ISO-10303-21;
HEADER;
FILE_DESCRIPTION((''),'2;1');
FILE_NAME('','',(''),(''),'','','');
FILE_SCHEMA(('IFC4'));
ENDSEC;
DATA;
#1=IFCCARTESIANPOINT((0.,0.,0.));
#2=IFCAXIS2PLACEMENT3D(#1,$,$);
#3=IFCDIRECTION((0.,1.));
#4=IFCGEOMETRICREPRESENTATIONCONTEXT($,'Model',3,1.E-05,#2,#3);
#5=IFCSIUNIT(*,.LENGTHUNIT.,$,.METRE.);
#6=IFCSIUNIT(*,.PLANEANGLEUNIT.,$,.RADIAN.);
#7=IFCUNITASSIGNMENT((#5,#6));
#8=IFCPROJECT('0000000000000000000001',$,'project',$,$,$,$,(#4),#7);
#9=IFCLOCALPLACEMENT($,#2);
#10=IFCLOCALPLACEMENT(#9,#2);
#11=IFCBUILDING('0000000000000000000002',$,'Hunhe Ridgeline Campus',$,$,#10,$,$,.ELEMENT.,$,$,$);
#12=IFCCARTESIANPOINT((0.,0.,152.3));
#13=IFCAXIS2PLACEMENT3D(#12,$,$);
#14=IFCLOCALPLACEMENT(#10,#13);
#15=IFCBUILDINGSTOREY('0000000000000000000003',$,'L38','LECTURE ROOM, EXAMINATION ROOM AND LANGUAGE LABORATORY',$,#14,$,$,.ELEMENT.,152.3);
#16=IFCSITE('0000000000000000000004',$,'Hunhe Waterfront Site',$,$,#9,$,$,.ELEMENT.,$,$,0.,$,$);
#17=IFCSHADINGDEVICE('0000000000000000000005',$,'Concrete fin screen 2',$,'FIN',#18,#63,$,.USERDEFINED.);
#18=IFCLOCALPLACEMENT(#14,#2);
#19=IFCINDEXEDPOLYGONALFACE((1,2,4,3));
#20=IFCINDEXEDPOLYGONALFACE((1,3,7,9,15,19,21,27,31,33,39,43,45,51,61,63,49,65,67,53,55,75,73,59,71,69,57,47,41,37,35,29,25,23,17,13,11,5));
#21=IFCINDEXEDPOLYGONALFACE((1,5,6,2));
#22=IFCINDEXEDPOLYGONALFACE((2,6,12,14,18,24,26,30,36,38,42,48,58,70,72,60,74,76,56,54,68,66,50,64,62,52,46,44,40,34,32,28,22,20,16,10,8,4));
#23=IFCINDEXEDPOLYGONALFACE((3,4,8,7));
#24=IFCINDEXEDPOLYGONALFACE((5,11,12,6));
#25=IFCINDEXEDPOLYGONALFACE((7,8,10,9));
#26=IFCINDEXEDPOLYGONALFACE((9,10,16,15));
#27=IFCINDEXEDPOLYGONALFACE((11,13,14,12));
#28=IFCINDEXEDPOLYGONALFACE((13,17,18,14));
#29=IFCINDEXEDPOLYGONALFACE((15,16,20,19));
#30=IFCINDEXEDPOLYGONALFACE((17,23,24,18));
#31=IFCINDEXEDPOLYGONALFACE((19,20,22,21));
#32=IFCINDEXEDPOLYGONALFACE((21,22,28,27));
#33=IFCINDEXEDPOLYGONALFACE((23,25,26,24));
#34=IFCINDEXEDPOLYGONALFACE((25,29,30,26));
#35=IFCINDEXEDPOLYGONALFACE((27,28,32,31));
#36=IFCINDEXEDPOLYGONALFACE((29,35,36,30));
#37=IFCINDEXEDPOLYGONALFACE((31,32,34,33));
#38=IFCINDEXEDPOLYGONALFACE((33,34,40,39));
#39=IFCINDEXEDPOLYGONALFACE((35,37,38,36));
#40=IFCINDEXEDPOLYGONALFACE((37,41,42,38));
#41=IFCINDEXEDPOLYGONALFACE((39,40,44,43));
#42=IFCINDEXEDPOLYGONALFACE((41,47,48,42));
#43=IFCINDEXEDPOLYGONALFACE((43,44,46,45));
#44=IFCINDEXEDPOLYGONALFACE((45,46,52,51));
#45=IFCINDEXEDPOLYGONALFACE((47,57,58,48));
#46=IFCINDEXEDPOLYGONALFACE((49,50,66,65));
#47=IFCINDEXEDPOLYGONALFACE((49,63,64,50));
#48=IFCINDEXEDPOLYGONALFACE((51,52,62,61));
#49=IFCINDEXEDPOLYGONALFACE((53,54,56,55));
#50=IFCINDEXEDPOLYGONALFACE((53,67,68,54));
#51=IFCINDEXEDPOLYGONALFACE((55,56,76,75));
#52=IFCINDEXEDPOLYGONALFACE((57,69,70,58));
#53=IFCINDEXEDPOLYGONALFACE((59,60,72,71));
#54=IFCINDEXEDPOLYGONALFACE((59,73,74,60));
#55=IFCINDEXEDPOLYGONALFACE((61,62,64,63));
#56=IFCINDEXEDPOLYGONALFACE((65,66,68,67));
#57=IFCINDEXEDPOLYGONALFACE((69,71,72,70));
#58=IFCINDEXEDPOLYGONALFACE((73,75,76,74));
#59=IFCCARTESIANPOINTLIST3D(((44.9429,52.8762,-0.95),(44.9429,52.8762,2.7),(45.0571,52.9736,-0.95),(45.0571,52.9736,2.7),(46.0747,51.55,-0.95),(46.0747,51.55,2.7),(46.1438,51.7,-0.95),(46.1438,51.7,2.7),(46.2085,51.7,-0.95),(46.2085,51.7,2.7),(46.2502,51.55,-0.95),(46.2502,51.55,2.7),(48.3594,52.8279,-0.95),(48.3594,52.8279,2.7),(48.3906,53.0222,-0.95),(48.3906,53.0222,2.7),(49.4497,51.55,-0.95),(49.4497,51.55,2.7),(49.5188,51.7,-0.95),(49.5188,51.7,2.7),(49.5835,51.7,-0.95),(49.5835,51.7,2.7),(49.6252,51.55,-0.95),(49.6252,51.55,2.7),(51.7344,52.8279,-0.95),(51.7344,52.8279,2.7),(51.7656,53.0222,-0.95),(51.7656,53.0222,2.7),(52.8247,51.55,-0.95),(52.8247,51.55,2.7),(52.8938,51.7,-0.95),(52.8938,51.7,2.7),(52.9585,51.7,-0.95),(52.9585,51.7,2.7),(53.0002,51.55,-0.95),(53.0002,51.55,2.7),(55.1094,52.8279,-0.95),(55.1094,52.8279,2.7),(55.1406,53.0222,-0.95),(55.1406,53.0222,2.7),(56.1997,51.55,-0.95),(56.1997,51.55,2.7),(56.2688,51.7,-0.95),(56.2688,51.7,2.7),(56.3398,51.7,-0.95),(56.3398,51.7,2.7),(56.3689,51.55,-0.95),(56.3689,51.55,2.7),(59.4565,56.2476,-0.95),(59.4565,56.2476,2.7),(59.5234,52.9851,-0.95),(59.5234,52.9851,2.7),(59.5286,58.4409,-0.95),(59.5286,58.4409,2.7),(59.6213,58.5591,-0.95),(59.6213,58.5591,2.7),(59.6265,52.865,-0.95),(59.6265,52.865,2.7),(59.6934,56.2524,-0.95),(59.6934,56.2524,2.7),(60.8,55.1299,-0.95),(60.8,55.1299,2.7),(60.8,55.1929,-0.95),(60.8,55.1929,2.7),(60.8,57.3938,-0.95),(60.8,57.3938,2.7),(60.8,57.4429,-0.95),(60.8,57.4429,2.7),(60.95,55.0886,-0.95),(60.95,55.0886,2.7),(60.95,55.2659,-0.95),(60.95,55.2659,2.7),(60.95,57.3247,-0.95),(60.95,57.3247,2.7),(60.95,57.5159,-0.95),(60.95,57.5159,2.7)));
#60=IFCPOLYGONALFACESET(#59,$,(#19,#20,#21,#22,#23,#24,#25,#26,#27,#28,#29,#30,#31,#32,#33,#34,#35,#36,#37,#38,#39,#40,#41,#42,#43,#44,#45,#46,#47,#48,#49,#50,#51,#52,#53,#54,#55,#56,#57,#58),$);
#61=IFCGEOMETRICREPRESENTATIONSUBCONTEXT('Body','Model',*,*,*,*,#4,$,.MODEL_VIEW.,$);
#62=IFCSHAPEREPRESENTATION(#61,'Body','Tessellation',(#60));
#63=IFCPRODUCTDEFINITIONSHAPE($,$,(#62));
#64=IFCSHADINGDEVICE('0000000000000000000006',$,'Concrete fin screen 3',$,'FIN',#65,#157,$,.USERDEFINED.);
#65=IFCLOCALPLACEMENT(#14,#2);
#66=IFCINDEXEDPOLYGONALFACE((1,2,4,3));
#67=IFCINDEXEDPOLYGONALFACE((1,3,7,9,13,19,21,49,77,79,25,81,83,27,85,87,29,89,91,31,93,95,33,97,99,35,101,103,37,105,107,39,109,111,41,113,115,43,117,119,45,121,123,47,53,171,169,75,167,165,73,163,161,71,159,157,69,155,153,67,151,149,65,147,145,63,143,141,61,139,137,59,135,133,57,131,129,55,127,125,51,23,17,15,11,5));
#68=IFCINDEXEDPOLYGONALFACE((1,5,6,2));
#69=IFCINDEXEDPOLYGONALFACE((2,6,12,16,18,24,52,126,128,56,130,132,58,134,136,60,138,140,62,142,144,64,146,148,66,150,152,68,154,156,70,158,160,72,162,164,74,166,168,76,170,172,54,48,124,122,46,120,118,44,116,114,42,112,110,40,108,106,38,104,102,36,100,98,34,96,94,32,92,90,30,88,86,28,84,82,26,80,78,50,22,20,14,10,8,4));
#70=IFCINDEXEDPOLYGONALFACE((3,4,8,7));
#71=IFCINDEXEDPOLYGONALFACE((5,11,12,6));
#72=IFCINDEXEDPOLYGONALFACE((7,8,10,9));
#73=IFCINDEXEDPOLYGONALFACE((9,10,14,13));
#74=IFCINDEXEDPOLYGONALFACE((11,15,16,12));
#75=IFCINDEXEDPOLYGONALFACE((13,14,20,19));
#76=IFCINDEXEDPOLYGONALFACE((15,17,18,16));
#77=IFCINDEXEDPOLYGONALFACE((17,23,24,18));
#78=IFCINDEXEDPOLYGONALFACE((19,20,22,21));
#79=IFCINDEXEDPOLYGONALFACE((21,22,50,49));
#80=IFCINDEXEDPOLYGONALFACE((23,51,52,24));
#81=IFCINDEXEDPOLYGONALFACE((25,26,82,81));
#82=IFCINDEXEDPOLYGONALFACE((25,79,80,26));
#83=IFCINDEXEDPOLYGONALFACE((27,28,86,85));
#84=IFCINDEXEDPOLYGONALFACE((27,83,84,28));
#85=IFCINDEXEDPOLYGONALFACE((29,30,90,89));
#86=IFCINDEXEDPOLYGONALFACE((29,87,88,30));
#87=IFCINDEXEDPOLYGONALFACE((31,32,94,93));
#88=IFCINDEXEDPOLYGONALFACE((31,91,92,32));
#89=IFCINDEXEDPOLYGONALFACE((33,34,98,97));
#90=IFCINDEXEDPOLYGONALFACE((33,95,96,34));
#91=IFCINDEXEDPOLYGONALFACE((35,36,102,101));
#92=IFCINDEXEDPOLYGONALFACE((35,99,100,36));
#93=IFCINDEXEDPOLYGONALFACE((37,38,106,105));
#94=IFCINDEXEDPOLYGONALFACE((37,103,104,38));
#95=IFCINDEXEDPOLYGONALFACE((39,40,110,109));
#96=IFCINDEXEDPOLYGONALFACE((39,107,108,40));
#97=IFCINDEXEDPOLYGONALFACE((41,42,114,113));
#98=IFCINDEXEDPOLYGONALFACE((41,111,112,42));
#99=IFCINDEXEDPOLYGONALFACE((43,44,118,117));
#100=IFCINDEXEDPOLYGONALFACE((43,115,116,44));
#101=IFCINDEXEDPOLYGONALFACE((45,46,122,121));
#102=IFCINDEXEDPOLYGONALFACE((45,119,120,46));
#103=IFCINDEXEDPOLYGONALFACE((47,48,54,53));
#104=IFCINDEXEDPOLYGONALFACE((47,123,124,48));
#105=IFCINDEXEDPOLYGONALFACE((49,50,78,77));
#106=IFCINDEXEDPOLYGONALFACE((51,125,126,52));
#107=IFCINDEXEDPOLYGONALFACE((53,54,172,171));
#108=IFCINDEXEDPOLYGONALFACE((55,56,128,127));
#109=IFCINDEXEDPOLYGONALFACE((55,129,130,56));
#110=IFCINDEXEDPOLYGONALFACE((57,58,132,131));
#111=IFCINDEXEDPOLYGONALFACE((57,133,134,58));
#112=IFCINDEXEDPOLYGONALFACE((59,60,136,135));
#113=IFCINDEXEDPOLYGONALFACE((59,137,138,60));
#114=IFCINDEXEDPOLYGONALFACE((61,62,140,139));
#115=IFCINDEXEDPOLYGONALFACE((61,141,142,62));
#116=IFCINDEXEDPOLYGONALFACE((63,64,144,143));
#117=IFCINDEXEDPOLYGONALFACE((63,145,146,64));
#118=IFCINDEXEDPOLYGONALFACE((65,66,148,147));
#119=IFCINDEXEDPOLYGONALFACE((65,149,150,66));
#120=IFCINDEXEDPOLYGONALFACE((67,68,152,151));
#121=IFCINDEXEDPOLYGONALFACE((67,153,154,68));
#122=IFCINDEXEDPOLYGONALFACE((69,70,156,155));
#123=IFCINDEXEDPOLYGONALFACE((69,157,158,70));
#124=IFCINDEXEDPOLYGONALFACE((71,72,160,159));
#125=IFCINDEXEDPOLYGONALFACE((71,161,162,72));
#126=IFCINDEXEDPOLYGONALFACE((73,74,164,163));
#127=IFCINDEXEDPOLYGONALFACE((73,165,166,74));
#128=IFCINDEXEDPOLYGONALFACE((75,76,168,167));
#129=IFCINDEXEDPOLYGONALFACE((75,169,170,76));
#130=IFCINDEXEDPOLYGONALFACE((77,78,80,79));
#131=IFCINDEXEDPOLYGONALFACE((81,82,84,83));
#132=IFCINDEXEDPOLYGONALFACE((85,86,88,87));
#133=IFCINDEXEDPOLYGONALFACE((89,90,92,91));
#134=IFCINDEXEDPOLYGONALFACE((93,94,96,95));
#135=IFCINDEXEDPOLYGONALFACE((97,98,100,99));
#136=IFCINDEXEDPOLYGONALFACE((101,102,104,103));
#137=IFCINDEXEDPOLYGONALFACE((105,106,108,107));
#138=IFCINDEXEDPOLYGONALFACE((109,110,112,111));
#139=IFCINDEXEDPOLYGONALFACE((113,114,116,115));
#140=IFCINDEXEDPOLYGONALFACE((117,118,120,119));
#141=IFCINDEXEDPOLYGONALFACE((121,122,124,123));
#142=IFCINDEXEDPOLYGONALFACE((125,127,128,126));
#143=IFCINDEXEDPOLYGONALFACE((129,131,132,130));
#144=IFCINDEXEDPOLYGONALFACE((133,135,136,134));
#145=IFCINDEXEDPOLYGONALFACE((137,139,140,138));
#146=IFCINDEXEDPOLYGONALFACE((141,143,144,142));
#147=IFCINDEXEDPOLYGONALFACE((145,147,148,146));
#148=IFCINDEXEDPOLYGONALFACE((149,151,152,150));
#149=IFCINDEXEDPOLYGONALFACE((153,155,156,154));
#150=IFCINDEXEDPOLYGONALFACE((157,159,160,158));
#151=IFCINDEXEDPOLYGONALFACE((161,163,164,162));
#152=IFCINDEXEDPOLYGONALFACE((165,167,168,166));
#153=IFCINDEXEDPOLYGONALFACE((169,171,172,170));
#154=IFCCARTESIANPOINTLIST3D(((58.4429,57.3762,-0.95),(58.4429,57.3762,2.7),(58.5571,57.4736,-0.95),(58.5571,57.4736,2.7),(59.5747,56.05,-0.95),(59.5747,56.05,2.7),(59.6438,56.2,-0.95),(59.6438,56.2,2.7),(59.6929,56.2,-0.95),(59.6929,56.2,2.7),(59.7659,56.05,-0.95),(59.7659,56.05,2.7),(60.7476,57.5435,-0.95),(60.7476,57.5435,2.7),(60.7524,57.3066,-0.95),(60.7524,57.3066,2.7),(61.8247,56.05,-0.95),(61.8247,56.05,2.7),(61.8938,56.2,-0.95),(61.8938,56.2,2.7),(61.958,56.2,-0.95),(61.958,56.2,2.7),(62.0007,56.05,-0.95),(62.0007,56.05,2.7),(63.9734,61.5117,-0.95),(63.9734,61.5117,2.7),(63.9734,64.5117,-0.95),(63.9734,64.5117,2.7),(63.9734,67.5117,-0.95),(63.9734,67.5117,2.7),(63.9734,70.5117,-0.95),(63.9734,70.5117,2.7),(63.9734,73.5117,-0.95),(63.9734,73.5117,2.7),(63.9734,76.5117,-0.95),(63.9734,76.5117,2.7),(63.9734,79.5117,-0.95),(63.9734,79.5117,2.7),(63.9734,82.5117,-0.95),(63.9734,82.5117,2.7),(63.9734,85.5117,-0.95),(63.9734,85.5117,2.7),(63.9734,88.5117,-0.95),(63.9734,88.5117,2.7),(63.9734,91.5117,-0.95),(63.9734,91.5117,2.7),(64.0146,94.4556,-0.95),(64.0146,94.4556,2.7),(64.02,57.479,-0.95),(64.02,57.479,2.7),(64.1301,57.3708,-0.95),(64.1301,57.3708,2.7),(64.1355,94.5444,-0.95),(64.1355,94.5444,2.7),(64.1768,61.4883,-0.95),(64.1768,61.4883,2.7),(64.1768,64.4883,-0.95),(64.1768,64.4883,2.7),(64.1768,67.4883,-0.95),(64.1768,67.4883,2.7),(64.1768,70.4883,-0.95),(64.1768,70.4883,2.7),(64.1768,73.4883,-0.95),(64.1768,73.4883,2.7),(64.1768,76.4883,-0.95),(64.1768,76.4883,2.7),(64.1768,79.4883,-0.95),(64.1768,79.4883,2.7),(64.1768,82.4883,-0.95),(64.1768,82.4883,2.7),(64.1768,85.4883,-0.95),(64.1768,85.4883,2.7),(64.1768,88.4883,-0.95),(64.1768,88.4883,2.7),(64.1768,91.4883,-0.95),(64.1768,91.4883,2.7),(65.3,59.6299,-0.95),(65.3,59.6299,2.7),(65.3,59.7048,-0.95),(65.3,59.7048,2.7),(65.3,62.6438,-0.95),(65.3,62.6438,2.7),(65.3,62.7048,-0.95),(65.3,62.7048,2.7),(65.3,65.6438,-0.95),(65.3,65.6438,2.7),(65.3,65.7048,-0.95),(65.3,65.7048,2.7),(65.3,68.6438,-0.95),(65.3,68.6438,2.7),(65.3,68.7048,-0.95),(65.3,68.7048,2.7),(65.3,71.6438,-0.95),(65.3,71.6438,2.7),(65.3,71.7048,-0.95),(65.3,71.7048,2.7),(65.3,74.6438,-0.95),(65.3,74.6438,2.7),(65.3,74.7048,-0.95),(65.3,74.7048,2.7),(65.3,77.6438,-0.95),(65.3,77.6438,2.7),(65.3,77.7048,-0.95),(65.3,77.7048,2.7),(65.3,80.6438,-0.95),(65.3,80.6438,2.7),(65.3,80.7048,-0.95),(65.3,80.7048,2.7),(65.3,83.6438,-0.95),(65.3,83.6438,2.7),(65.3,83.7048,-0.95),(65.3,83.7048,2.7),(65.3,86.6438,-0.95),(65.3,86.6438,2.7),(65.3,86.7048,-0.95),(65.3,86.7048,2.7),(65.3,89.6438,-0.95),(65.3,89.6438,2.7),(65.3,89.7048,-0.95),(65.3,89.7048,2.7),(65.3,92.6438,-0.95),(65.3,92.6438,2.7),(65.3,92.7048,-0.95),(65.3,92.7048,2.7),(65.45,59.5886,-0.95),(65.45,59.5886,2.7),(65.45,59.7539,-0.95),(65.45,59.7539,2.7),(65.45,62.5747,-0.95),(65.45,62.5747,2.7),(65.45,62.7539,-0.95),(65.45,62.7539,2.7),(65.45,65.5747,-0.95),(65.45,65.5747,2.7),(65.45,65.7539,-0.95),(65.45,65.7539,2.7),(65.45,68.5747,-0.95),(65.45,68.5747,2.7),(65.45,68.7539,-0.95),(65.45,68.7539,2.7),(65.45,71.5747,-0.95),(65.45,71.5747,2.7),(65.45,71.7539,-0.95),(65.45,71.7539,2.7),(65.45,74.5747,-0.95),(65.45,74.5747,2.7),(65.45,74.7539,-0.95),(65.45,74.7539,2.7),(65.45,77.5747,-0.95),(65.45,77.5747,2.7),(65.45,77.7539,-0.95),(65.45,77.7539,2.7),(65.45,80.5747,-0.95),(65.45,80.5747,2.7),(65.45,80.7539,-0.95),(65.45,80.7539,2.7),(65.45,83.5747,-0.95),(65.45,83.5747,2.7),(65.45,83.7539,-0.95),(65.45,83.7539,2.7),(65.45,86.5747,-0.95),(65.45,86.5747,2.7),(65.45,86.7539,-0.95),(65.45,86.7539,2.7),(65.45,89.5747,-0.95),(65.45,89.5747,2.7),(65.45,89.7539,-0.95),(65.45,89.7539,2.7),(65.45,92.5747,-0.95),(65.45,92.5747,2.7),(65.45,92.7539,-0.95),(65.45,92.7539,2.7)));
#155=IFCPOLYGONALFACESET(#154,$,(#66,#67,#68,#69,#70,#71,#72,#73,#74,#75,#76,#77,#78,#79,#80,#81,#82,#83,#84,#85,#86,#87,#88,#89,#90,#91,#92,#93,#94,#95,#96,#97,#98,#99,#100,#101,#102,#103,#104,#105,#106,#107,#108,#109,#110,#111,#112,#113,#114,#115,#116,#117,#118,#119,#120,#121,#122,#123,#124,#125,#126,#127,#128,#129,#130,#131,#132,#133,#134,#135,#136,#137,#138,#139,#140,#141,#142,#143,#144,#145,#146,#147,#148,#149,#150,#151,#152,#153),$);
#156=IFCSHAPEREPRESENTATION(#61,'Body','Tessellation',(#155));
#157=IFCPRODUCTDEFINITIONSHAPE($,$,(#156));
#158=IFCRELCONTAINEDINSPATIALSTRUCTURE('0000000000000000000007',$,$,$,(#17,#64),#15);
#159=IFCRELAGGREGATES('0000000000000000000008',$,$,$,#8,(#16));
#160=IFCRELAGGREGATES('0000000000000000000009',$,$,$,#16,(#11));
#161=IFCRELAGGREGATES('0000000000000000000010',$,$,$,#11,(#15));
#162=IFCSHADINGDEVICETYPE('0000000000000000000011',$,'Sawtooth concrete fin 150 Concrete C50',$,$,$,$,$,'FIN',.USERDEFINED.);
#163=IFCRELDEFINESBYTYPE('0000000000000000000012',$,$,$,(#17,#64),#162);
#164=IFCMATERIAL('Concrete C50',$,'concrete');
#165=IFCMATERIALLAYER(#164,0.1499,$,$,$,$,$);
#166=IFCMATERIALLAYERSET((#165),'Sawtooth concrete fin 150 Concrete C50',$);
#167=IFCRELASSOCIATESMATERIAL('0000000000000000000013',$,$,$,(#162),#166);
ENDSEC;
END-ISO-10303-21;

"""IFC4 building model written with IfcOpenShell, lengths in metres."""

from ifc_helpers import new_model, si_unit, direction, frame, origin, place, context, subcontext, project, spatial, polyline, outline, extrude, material, layer, layer_set, type_object, element, save


model = new_model("IFC4")

# Units and contexts
model_context = context("Model", 3, precision=1e-05, world=origin(), true_north=direction((0.0, 1.0)))
body_context = subcontext(model_context, "Body", "Model", "MODEL_VIEW")
ifc_project = project(units=[si_unit("LENGTHUNIT", "METRE"), si_unit("PLANEANGLEUNIT", "RADIAN")], contexts=[model_context])

# Site, building, storey
site_placement = place(None, origin())
site = spatial("IfcSite", under=ifc_project, at=site_placement, Name="Hunhe Waterfront Site", CompositionType="ELEMENT", RefElevation=0.0)
building_placement = place(site_placement, origin())
building = spatial("IfcBuilding", under=site, at=building_placement, Name="Hunhe Ridgeline Campus", CompositionType="ELEMENT")
storey_placement = place(building_placement, frame((0.0, 0.0, 152.3)))
storey = spatial("IfcBuildingStorey", under=building, at=storey_placement, Name="L38", Description="LECTURE ROOM, EXAMINATION ROOM AND LANGUAGE LABORATORY", CompositionType="ELEMENT", Elevation=152.3)

# Shading devices
ifc_material_1 = material(Name="Concrete C50", Category="concrete")
ifc_layer_1 = layer(ifc_material_1, 0.1499)
ifc_layer_set_1 = layer_set([ifc_layer_1], Name="Sawtooth concrete fin 150 Concrete C50")
shading_device_type = type_object("IfcShadingDeviceType", Name="Sawtooth concrete fin 150 Concrete C50", ElementType="FIN", PredefinedType="USERDEFINED", material=ifc_layer_set_1)
shading_device_1_placement = place(storey_placement, frame((0.0, 0.0, -0.95)))
element("IfcShadingDevice", 1, at=shading_device_1_placement, inside=storey, type_object=shading_device_type, Name="Concrete fin screen 2", ObjectType="FIN", PredefinedType="USERDEFINED", context=body_context, shape_type="SweptSolid", body=[
    extrude(outline(polyline([(45.0571, 52.9736), (44.9429, 52.8762), (46.0747, 51.55), (46.2502, 51.55), (48.3594, 52.8279), (49.4497, 51.55), (49.6252, 51.55), (51.7344, 52.8279), (52.8247, 51.55), (53.0002, 51.55), (55.1094, 52.8279), (56.1997, 51.55), (56.3689, 51.55), (59.6265, 52.865), (60.95, 55.0886), (60.95, 55.2659), (59.6934, 56.2524), (60.95, 57.3247), (60.95, 57.5159), (59.6213, 58.5591), (59.5286, 58.4409), (60.8, 57.4429), (60.8, 57.3938), (59.4565, 56.2476), (60.8, 55.1929), (60.8, 55.1299), (59.5234, 52.9851), (56.3398, 51.7), (56.2688, 51.7), (55.1406, 53.0222), (52.9585, 51.7), (52.8938, 51.7), (51.7656, 53.0222), (49.5835, 51.7), (49.5188, 51.7), (48.3906, 53.0222), (46.2085, 51.7), (46.1438, 51.7), (45.0571, 52.9736)])), origin(), (0.0, 0.0, 1.0), 3.6499),
])
shading_device_2_placement = place(storey_placement, frame((0.0, 0.0, -0.95)))
element("IfcShadingDevice", 2, at=shading_device_2_placement, inside=storey, type_object=shading_device_type, Name="Concrete fin screen 3", ObjectType="FIN", PredefinedType="USERDEFINED", context=body_context, shape_type="SweptSolid", body=[
    extrude(outline(polyline([(58.5571, 57.4736), (58.4429, 57.3762), (59.5747, 56.05), (59.7659, 56.05), (60.7524, 57.3066), (61.8247, 56.05), (62.0007, 56.05), (64.1301, 57.3708), (65.45, 59.5886), (65.45, 59.7539), (64.1768, 61.4883), (65.45, 62.5747), (65.45, 62.7539), (64.1768, 64.4883), (65.45, 65.5747), (65.45, 65.7539), (64.1768, 67.4883), (65.45, 68.5747), (65.45, 68.7539), (64.1768, 70.4883), (65.45, 71.5747), (65.45, 71.7539), (64.1768, 73.4883), (65.45, 74.5747), (65.45, 74.7539), (64.1768, 76.4883), (65.45, 77.5747), (65.45, 77.7539), (64.1768, 79.4883), (65.45, 80.5747), (65.45, 80.7539), (64.1768, 82.4883), (65.45, 83.5747), (65.45, 83.7539), (64.1768, 85.4883), (65.45, 86.5747), (65.45, 86.7539), (64.1768, 88.4883), (65.45, 89.5747), (65.45, 89.7539), (64.1768, 91.4883), (65.45, 92.5747), (65.45, 92.7539), (64.1355, 94.5444), (64.0146, 94.4556), (65.3, 92.7048), (65.3, 92.6438), (63.9734, 91.5117), (65.3, 89.7048), (65.3, 89.6438), (63.9734, 88.5117), (65.3, 86.7048), (65.3, 86.6438), (63.9734, 85.5117), (65.3, 83.7048), (65.3, 83.6438), (63.9734, 82.5117), (65.3, 80.7048), (65.3, 80.6438), (63.9734, 79.5117), (65.3, 77.7048), (65.3, 77.6438), (63.9734, 76.5117), (65.3, 74.7048), (65.3, 74.6438), (63.9734, 73.5117), (65.3, 71.7048), (65.3, 71.6438), (63.9734, 70.5117), (65.3, 68.7048), (65.3, 68.6438), (63.9734, 67.5117), (65.3, 65.7048), (65.3, 65.6438), (63.9734, 64.5117), (65.3, 62.7048), (65.3, 62.6438), (63.9734, 61.5117), (65.3, 59.7048), (65.3, 59.6299), (64.02, 57.479), (61.958, 56.2), (61.8938, 56.2), (60.7476, 57.5435), (59.6929, 56.2), (59.6438, 56.2), (58.5571, 57.4736)])), origin(), (0.0, 0.0, 1.0), 3.6499),
])

save(model, "model.ifc")
